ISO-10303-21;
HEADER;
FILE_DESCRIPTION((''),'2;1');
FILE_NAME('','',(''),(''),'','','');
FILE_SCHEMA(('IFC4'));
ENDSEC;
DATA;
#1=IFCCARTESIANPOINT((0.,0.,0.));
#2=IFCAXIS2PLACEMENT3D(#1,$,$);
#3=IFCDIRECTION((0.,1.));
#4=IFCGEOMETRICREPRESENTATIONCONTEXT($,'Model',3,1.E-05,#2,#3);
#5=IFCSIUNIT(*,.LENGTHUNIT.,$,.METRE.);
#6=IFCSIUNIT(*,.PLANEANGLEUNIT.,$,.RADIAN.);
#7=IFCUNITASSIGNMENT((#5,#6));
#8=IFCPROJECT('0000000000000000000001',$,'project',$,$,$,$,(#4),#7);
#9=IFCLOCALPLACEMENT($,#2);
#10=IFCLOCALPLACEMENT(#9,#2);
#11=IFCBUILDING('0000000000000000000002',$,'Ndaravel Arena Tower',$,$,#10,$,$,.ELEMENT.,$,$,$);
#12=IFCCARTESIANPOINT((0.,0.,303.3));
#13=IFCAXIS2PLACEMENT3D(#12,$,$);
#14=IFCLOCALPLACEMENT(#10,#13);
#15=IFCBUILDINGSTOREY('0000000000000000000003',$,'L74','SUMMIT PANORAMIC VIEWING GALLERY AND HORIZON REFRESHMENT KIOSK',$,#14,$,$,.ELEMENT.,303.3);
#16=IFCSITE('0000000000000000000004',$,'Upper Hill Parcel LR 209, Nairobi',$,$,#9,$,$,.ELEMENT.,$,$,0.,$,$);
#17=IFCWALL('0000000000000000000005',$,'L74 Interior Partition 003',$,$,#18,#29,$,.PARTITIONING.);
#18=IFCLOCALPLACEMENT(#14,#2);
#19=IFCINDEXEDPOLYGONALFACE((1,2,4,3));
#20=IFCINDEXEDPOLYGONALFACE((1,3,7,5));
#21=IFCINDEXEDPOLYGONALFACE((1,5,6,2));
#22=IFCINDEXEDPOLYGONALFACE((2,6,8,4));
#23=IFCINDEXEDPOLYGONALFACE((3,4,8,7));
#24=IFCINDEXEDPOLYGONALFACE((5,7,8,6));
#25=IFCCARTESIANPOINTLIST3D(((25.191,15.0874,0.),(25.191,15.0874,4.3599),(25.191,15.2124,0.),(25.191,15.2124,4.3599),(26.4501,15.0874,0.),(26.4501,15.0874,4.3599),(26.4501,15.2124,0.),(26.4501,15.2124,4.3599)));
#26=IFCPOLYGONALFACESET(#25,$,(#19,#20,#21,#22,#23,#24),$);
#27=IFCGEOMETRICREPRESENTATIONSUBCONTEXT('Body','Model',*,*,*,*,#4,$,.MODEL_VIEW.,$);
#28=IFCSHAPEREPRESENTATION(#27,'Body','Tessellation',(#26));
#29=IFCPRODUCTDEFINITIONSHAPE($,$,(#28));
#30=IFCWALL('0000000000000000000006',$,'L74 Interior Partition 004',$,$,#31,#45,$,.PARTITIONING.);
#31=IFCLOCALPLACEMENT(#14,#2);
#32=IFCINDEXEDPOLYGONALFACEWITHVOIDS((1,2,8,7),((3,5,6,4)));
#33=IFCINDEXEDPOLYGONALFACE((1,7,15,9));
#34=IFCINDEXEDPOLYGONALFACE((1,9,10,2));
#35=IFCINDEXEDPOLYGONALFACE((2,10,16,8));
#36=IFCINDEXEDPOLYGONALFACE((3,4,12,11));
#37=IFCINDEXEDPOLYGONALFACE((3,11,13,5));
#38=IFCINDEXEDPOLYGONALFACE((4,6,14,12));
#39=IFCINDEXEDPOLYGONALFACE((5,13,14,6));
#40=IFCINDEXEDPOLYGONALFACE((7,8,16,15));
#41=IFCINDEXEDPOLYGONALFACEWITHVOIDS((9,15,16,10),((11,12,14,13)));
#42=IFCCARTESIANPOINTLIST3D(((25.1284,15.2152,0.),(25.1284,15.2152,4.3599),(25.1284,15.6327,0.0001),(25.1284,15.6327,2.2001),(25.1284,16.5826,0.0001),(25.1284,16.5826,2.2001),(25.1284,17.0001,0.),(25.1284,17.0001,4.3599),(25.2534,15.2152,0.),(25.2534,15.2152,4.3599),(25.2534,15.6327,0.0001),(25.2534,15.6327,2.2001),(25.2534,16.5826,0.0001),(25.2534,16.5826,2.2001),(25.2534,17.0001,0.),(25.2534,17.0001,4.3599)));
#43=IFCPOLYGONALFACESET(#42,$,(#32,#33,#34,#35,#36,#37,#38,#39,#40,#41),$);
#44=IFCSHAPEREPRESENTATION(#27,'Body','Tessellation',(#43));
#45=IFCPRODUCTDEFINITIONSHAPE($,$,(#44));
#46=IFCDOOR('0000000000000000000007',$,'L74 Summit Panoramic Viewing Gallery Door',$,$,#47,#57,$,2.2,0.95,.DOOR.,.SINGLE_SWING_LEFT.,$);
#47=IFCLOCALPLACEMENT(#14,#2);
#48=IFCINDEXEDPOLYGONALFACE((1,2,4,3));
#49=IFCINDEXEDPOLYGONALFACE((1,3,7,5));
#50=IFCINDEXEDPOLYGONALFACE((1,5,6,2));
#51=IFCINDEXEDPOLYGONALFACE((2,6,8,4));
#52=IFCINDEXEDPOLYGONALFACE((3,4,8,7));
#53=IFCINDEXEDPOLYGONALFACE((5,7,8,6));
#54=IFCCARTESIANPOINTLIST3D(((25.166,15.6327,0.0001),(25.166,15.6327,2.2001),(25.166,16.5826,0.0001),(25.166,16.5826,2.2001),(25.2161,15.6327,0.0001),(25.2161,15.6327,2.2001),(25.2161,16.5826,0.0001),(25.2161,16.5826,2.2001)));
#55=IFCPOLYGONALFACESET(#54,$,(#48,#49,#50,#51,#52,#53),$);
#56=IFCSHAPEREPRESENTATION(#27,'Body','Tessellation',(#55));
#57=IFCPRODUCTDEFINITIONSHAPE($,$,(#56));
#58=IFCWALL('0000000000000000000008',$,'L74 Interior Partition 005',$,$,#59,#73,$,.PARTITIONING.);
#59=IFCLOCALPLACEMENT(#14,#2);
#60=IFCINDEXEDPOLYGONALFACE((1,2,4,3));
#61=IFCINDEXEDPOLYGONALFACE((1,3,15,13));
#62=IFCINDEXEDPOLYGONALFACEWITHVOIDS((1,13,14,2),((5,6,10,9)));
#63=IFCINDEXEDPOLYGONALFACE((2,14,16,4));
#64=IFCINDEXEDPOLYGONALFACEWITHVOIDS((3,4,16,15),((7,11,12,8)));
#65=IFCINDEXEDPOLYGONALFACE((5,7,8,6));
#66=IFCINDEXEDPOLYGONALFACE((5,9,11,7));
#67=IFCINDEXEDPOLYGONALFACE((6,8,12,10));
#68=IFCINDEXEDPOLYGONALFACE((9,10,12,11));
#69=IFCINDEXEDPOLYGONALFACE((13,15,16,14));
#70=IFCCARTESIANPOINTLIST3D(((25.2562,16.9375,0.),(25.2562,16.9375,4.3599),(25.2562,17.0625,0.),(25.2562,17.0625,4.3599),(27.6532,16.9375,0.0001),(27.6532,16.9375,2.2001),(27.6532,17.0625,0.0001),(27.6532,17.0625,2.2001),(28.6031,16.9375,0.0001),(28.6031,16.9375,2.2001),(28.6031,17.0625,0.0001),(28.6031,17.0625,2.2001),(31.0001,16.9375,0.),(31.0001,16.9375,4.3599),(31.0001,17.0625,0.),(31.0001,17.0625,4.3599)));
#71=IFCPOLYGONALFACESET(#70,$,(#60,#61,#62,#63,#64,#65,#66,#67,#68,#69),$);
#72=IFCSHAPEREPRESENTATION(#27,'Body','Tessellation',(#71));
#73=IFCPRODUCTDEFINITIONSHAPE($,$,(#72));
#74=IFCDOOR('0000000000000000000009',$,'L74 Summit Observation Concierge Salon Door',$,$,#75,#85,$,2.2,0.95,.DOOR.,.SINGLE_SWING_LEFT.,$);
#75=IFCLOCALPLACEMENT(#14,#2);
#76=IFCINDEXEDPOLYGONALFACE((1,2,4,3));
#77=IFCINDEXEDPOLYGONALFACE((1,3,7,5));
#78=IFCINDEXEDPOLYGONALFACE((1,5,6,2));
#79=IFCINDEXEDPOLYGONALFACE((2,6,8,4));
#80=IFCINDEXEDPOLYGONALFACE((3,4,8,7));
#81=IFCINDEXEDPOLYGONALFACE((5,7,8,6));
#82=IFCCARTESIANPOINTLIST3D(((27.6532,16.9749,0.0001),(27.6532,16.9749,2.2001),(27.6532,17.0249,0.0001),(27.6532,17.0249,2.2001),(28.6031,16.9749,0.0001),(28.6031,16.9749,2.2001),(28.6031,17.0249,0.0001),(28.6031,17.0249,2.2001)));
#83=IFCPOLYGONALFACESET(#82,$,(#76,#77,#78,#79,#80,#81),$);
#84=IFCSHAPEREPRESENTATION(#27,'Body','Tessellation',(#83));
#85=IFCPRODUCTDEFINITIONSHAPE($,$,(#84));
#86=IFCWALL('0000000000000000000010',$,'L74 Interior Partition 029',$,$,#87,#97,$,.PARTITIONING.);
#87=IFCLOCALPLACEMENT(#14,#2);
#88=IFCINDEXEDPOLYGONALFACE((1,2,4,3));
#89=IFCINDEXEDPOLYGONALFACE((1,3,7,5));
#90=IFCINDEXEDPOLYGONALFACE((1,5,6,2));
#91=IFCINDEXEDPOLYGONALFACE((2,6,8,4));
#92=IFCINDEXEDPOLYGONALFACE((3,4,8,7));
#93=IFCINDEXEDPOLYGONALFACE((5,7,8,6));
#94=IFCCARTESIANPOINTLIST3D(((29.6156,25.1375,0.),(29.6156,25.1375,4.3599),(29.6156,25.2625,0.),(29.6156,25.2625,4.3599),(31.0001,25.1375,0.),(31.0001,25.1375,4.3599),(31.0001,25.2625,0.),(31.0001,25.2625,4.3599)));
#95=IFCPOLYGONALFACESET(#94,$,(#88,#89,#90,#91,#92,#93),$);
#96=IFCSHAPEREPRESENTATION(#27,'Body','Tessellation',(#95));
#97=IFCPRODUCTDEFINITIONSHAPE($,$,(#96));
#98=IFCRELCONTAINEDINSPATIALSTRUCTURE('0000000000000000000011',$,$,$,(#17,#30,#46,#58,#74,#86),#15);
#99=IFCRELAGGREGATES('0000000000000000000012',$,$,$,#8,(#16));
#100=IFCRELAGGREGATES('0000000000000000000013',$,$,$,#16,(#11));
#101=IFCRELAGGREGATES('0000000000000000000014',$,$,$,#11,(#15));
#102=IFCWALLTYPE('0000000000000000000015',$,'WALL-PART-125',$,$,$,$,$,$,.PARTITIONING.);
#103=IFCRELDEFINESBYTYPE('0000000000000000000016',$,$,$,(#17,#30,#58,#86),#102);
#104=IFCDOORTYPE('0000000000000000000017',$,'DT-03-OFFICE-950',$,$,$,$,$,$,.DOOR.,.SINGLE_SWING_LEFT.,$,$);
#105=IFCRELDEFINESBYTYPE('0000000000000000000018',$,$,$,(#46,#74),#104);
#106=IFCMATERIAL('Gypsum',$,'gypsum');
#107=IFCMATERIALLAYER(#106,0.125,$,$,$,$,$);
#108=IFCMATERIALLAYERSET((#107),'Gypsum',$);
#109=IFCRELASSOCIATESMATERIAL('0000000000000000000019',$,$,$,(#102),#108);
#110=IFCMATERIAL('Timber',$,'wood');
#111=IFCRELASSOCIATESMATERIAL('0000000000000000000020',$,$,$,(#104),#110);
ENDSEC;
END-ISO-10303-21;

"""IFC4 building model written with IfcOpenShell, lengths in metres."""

from ifc_helpers import new_model, si_unit, direction, frame, frame_2d, origin, place, context, subcontext, project, spatial, rectangle, extrude, material, layer, layer_set, type_object, element, fill, save


model = new_model("IFC4")

# Units and contexts
model_context = context("Model", 3, precision=1e-05, world=origin(), true_north=direction((0.0, 1.0)))
body_context = subcontext(model_context, "Body", "Model", "MODEL_VIEW")
ifc_project = project(units=[si_unit("LENGTHUNIT", "METRE"), si_unit("PLANEANGLEUNIT", "RADIAN")], contexts=[model_context])

# Site, building, storey
site_placement = place(None, origin())
site = spatial("IfcSite", under=ifc_project, at=site_placement, Name="Upper Hill Parcel LR 209, Nairobi", CompositionType="ELEMENT", RefElevation=0.0)
building_placement = place(site_placement, origin())
building = spatial("IfcBuilding", under=site, at=building_placement, Name="Ndaravel Arena Tower", CompositionType="ELEMENT")
storey_placement = place(building_placement, frame((0.0, 0.0, 303.3)))
storey = spatial("IfcBuildingStorey", under=building, at=storey_placement, Name="L74", Description="SUMMIT PANORAMIC VIEWING GALLERY AND HORIZON REFRESHMENT KIOSK", CompositionType="ELEMENT", Elevation=303.3)

# Wall
ifc_material_1 = material(Name="Gypsum", Category="gypsum")
ifc_layer_1 = layer(ifc_material_1, 0.125)
ifc_layer_set_1 = layer_set([ifc_layer_1], Name="Gypsum")
wall_type_1 = type_object("IfcWallType", Name="WALL-PART-125", PredefinedType="PARTITIONING", material=ifc_layer_set_1)
wall_1_placement = place(storey_placement, frame((26.45, 15.1499, 0.0), z_axis=(0.0, 0.0, 1.0), x_axis=(-1.0, 0.0, 0.0)))
element("IfcWall", 1, at=wall_1_placement, inside=storey, type_object=wall_type_1, Name="L74 Interior Partition 003", PredefinedType="PARTITIONING", context=body_context, shape_type="SweptSolid", body=[
    extrude(rectangle(XDim=1.259, YDim=0.125, at=frame_2d((0.6294, 0.0))), origin(), (0.0, 0.0, 1.0), 4.3599),
])

# Walls, openings, doors
wall_2_placement = place(storey_placement, frame((25.1909, 15.2151, 0.0), z_axis=(0.0, 0.0, 1.0), x_axis=(0.0, 1.0, 0.0)))
wall_2 = element("IfcWall", 2, at=wall_2_placement, inside=storey, type_object=wall_type_1, Name="L74 Interior Partition 004", PredefinedType="PARTITIONING", context=body_context, shape_type="SweptSolid", body=[
    extrude(rectangle(XDim=1.7849, YDim=0.125, at=frame_2d((0.8926, 0.0))), origin(), (0.0, 0.0, 1.0), 4.3599),
])
opening_1_placement = place(wall_2_placement, frame((0.4175, 0.0, 0.0)))
opening_1 = element("IfcOpeningElement", 3, at=opening_1_placement, cuts=wall_2, PredefinedType="OPENING", context=body_context, shape_type="SweptSolid", body=[
    extrude(rectangle(XDim=0.95, YDim=2.2, at=frame_2d((0.4751, 1.1001))), frame((0.0, 0.0625, 0.0), z_axis=(0.0, -1.0, 0.0), x_axis=(1.0, 0.0, 0.0)), (0.0, 0.0, 1.0), 0.125),
])
ifc_material_2 = material(Name="Timber", Category="wood")
door_type_1 = type_object("IfcDoorType", Name="DT-03-OFFICE-950", OperationType="SINGLE_SWING_LEFT", PredefinedType="DOOR", material=ifc_material_2)
door_1_placement = place(opening_1_placement, origin())
door_1 = element("IfcDoor", 4, at=door_1_placement, inside=storey, type_object=door_type_1, Name="L74 Summit Panoramic Viewing Gallery Door", OperationType="SINGLE_SWING_LEFT", OverallHeight=2.2, OverallWidth=0.95, PredefinedType="DOOR", context=body_context, shape_type="SweptSolid", body=[
    extrude(rectangle(XDim=0.95, YDim=2.2, at=frame_2d((0.4751, 1.1001))), frame((0.0, 0.0249, 0.0), z_axis=(0.0, -1.0, 0.0), x_axis=(1.0, 0.0, 0.0)), (0.0, 0.0, 1.0), 0.05),
])
fill(opening_1, door_1)
wall_3_placement = place(storey_placement, frame((25.2561, 17.0, 0.0), z_axis=(0.0, 0.0, 1.0), x_axis=(1.0, 0.0, 0.0)))
wall_3 = element("IfcWall", 5, at=wall_3_placement, inside=storey, type_object=wall_type_1, Name="L74 Interior Partition 005", PredefinedType="PARTITIONING", context=body_context, shape_type="SweptSolid", body=[
    extrude(rectangle(XDim=5.7439, YDim=0.125, at=frame_2d((2.8721, 0.0))), origin(), (0.0, 0.0, 1.0), 4.3599),
])
opening_2_placement = place(wall_3_placement, frame((2.397, 0.0, 0.0)))
opening_2 = element("IfcOpeningElement", 6, at=opening_2_placement, cuts=wall_3, PredefinedType="OPENING", context=body_context, shape_type="SweptSolid", body=[
    extrude(rectangle(XDim=0.95, YDim=2.2, at=frame_2d((0.4751, 1.1001))), frame((0.0, 0.0625, 0.0), z_axis=(0.0, -1.0, 0.0), x_axis=(1.0, 0.0, 0.0)), (0.0, 0.0, 1.0), 0.125),
])
door_2_placement = place(opening_2_placement, origin())
door_2 = element("IfcDoor", 7, at=door_2_placement, inside=storey, type_object=door_type_1, Name="L74 Summit Observation Concierge Salon Door", OperationType="SINGLE_SWING_LEFT", OverallHeight=2.2, OverallWidth=0.95, PredefinedType="DOOR", context=body_context, shape_type="SweptSolid", body=[
    extrude(rectangle(XDim=0.95, YDim=2.2, at=frame_2d((0.4751, 1.1001))), frame((0.0, 0.0249, 0.0), z_axis=(0.0, -1.0, 0.0), x_axis=(1.0, 0.0, 0.0)), (0.0, 0.0, 1.0), 0.05),
])
fill(opening_2, door_2)

# Wall
wall_4_placement = place(storey_placement, frame((29.6155, 25.2, 0.0), z_axis=(0.0, 0.0, 1.0), x_axis=(1.0, 0.0, 0.0)))
element("IfcWall", 8, at=wall_4_placement, inside=storey, type_object=wall_type_1, Name="L74 Interior Partition 029", PredefinedType="PARTITIONING", context=body_context, shape_type="SweptSolid", body=[
    extrude(rectangle(XDim=1.3845, YDim=0.125, at=frame_2d((0.6924, 0.0))), origin(), (0.0, 0.0, 1.0), 4.3599),
])

save(model, "model.ifc")
